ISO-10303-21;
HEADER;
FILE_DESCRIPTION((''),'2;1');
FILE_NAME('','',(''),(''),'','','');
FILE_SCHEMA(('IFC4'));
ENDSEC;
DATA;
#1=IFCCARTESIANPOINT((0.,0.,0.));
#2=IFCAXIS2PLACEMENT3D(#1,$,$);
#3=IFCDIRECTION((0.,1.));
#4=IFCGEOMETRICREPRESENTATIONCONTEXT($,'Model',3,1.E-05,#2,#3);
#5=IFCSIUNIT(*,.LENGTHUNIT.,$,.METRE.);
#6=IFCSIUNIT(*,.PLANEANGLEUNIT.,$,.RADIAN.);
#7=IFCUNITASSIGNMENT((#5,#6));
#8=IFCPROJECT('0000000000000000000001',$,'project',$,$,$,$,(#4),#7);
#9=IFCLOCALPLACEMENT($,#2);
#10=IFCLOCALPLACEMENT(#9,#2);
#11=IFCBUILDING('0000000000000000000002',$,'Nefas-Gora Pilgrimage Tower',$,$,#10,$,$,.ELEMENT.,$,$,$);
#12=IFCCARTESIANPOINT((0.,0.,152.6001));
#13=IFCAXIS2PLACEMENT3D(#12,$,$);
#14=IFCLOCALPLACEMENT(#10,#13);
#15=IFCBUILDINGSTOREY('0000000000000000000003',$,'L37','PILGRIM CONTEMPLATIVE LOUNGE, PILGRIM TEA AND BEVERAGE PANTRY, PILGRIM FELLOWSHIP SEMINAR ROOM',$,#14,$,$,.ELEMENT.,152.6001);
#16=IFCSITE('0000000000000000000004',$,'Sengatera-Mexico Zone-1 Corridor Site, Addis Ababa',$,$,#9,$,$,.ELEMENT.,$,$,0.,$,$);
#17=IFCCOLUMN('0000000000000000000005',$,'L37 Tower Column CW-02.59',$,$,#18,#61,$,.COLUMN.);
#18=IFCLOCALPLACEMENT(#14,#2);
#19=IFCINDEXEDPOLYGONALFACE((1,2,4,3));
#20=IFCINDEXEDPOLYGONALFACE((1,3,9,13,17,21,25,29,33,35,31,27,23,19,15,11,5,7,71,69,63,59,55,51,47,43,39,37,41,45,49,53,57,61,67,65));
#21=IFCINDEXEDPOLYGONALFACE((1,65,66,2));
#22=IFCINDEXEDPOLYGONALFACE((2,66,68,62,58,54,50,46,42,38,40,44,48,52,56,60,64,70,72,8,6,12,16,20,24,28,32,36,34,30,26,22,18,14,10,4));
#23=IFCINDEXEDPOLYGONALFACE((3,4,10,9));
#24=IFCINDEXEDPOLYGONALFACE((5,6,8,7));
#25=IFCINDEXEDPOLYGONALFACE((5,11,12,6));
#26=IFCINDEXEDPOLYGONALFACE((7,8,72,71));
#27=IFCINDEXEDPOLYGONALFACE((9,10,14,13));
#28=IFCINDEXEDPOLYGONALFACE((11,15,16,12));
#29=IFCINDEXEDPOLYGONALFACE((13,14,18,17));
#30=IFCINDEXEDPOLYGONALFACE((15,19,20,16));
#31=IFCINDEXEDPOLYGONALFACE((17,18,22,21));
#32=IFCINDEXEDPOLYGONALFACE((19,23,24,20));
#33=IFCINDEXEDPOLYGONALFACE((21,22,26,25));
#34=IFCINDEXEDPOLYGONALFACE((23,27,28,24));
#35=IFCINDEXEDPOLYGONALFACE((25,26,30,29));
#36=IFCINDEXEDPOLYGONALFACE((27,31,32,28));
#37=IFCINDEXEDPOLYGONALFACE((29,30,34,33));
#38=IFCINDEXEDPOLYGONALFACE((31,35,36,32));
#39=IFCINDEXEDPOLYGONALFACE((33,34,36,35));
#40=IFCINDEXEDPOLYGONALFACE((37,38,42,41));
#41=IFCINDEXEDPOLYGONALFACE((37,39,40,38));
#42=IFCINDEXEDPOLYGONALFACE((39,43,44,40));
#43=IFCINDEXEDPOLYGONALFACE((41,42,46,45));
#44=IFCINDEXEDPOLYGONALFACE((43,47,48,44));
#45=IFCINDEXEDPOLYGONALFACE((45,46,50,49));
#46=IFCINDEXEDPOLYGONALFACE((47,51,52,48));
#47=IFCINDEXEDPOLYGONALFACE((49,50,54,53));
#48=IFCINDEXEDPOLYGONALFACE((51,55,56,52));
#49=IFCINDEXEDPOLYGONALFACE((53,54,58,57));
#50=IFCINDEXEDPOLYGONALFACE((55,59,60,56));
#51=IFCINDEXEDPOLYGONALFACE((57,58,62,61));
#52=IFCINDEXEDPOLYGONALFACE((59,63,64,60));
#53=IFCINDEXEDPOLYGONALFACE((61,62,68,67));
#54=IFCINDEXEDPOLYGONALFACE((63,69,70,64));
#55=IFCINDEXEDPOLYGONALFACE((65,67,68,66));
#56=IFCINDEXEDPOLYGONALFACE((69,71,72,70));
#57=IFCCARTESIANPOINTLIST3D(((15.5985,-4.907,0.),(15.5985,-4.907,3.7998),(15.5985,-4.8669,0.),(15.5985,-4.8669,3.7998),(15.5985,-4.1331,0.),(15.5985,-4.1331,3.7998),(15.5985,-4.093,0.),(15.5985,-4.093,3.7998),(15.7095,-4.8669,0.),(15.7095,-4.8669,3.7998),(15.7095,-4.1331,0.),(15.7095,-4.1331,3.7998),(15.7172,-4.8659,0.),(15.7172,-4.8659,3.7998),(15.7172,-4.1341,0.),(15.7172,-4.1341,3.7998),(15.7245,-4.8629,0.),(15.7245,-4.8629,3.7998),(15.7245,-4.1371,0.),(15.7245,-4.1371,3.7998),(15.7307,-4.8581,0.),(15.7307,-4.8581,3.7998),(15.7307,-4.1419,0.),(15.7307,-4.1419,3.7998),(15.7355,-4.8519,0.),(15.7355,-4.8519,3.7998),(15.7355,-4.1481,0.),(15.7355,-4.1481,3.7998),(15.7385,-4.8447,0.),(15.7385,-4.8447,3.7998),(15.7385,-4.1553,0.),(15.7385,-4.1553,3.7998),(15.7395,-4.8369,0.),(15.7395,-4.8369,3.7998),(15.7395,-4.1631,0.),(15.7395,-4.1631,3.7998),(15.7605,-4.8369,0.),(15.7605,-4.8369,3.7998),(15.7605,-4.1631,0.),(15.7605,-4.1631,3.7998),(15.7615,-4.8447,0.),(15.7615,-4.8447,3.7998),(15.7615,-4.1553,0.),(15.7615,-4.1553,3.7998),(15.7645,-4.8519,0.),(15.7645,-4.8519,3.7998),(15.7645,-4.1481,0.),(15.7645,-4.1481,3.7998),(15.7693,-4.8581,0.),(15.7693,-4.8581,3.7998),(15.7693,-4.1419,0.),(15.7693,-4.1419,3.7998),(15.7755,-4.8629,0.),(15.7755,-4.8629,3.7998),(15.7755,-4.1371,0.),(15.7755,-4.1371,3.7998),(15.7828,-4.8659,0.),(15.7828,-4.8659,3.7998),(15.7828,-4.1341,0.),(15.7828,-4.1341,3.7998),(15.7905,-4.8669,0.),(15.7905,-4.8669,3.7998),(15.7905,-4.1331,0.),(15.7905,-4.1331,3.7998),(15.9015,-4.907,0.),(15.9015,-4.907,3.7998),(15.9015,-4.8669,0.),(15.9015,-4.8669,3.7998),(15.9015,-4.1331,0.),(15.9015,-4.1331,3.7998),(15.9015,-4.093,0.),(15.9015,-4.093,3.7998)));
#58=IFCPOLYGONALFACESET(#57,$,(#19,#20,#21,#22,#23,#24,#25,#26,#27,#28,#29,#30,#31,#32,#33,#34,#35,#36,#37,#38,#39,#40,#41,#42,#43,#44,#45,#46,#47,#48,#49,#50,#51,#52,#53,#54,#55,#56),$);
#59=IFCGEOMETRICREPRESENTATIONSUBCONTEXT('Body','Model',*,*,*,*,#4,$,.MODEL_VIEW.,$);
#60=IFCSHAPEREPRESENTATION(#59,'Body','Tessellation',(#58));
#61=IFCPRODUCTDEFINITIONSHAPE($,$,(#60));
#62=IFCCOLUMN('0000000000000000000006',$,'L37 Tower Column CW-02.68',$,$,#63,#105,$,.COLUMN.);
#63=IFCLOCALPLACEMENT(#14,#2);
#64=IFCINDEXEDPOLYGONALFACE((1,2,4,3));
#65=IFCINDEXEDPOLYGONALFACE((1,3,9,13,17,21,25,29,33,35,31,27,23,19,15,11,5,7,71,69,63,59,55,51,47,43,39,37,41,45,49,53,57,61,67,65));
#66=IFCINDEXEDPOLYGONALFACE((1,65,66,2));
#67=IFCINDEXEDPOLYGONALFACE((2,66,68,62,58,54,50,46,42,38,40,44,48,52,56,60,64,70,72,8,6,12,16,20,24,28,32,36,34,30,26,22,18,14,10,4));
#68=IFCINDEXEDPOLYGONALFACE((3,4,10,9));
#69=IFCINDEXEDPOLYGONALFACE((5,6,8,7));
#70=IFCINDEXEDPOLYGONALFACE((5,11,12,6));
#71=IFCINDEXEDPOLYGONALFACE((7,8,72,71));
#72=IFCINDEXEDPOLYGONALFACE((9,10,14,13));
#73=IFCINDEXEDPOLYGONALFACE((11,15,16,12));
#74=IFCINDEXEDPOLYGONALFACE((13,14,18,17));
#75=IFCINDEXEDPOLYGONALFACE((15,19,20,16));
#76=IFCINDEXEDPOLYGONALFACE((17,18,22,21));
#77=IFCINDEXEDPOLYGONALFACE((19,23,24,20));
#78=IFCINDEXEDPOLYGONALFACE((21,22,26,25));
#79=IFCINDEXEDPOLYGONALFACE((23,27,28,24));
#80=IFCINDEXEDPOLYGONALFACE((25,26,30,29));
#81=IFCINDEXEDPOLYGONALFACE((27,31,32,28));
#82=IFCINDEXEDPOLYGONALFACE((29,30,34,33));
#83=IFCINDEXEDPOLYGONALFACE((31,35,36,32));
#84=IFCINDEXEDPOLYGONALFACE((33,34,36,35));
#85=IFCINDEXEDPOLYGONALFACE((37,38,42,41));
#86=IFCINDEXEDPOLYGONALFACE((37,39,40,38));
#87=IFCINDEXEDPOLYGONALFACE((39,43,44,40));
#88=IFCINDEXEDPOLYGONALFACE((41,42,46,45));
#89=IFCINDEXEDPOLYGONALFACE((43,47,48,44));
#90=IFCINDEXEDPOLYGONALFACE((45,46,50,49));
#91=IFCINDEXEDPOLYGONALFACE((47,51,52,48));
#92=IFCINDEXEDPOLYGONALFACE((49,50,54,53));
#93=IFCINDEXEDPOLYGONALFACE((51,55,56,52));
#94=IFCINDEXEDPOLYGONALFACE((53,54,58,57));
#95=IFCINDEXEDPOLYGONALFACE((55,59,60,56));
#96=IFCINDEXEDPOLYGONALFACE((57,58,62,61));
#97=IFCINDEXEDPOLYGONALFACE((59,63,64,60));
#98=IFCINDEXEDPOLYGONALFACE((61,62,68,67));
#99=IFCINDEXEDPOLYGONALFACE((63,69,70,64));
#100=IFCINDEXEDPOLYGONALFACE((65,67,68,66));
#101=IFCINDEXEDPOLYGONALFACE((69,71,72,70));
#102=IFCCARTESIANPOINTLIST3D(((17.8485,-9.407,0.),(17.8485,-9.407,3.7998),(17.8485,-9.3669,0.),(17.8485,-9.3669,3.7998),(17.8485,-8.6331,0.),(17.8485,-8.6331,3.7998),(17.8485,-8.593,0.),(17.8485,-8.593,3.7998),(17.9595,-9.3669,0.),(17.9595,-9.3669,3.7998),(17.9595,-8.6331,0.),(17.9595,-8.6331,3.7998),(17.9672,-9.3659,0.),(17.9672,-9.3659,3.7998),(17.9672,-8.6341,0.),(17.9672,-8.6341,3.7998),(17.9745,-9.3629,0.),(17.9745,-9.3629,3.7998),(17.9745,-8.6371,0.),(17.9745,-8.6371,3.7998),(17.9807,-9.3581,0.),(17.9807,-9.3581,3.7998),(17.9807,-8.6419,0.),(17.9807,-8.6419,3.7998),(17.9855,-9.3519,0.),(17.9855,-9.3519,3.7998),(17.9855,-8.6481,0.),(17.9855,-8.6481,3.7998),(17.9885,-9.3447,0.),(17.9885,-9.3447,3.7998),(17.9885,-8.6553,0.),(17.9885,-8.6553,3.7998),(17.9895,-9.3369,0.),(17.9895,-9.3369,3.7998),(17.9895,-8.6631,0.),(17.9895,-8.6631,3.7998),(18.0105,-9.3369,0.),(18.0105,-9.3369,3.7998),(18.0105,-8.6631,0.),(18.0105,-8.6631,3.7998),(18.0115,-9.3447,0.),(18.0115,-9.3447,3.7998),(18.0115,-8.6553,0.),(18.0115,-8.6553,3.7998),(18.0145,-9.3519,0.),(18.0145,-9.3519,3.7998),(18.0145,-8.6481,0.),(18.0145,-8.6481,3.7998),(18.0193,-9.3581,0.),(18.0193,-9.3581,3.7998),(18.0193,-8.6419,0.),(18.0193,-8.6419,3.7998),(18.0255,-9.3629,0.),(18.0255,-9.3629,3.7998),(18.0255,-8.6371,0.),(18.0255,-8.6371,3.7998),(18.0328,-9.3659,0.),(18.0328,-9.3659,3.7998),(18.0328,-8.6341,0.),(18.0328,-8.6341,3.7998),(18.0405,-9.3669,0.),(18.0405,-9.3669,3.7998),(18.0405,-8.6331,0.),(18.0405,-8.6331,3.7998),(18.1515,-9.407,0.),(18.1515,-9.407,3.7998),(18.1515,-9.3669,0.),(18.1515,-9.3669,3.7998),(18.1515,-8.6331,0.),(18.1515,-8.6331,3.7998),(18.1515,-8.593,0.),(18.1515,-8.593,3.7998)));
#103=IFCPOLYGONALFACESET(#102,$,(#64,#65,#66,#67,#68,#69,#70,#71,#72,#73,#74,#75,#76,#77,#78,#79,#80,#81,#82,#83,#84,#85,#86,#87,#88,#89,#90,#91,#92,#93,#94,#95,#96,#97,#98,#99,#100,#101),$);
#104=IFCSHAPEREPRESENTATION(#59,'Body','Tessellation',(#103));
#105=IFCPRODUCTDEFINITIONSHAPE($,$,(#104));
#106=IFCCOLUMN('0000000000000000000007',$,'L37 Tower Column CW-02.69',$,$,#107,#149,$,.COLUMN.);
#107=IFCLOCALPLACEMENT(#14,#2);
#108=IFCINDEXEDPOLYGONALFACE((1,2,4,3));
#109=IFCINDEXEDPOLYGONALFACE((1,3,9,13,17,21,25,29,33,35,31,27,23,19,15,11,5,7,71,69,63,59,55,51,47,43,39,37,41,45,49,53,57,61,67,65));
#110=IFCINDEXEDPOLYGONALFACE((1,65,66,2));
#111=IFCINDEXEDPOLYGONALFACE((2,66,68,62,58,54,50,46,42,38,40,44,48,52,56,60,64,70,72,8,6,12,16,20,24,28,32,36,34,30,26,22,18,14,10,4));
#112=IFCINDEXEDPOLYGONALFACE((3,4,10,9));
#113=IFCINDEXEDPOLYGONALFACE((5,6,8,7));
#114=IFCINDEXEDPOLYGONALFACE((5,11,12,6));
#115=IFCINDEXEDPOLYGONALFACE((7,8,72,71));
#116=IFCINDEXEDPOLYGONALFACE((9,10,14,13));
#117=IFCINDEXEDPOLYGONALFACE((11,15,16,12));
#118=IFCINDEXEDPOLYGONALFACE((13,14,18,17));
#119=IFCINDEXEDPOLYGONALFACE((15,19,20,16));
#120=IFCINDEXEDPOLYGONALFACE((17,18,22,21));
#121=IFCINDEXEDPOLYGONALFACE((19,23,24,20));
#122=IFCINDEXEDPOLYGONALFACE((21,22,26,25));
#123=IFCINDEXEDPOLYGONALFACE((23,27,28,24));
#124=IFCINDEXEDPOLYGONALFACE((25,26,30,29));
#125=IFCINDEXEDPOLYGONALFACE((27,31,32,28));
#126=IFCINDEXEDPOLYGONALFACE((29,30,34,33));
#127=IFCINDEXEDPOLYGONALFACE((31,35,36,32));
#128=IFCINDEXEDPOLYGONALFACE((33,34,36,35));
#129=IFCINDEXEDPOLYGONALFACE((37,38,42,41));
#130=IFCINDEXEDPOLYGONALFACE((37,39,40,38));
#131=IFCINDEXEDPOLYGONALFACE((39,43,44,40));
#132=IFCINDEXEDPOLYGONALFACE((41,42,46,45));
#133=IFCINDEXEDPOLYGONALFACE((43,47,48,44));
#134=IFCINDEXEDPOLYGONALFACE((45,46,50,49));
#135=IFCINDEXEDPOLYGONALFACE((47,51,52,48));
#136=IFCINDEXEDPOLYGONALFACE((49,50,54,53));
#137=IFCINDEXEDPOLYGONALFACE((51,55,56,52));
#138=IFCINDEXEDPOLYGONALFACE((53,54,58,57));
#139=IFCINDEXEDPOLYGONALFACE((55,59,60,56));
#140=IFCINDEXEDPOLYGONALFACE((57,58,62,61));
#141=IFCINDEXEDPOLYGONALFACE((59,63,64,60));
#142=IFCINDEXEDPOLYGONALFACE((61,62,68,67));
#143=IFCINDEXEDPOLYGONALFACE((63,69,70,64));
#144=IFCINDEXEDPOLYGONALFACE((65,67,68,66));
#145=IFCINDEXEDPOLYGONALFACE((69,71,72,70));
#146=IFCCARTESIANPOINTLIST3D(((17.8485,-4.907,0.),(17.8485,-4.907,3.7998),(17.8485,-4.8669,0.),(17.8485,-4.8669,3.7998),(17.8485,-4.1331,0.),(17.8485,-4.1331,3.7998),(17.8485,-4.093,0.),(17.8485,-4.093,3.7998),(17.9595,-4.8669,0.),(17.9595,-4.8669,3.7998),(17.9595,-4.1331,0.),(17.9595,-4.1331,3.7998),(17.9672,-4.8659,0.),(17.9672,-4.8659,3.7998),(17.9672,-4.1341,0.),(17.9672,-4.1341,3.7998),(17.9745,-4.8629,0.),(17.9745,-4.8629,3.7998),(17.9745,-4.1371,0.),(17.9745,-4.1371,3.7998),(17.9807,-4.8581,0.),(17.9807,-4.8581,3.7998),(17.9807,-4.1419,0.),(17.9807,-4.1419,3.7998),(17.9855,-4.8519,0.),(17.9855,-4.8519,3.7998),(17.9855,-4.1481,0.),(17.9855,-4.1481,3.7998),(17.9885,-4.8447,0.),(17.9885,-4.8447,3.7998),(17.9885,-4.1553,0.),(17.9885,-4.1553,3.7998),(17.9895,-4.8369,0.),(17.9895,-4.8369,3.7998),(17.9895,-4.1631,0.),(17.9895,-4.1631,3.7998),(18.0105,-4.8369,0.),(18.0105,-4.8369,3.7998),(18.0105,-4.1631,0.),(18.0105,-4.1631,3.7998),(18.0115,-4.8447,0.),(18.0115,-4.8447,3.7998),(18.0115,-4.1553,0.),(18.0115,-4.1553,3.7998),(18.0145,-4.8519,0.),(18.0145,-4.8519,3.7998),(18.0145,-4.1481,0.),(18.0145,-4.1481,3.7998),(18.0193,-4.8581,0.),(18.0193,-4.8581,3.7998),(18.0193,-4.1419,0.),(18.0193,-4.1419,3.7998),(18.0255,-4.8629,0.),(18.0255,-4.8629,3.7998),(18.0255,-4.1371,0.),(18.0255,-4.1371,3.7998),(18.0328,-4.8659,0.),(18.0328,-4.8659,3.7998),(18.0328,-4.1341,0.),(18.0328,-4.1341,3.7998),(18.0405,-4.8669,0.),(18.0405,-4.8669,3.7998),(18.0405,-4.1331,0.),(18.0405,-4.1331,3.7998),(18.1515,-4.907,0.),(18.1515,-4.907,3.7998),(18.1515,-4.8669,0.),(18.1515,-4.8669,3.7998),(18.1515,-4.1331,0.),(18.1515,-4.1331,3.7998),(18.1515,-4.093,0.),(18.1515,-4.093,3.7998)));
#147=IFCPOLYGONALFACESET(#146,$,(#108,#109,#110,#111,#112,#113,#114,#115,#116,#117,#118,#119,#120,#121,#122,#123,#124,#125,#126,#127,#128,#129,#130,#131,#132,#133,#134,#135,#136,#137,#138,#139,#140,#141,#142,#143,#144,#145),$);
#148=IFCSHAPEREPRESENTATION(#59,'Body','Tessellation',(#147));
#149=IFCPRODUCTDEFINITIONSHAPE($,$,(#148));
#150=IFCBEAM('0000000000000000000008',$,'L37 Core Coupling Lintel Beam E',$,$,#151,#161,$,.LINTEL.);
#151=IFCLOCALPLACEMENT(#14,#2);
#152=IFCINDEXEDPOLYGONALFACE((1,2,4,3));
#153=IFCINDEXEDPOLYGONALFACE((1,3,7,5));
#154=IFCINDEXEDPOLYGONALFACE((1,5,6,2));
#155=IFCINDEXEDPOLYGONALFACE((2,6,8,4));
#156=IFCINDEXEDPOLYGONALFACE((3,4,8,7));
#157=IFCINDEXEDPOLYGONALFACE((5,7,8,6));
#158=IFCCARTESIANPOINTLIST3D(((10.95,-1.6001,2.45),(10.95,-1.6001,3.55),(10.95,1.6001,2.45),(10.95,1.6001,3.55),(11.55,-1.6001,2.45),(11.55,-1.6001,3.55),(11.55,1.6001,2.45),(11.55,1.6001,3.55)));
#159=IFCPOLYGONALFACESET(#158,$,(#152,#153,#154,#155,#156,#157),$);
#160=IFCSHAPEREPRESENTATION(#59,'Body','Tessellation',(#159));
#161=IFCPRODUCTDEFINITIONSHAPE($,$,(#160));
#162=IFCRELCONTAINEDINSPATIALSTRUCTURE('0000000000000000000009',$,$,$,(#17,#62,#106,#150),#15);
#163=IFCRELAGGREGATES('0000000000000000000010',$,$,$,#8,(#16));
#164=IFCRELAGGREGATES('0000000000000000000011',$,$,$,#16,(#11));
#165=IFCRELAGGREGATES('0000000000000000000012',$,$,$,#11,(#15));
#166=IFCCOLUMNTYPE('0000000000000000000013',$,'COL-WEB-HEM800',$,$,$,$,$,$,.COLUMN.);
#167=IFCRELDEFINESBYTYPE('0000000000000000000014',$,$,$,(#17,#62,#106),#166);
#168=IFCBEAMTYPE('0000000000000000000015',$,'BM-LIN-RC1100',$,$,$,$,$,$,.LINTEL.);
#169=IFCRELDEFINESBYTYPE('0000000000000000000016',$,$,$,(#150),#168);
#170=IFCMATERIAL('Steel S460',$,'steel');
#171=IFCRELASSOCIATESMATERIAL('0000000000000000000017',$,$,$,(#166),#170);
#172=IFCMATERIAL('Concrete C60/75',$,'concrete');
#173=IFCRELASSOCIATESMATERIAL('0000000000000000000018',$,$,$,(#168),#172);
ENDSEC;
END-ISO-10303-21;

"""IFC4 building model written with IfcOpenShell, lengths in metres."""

from ifc_helpers import new_model, si_unit, direction, frame, origin, origin_2d, place, context, subcontext, project, spatial, rectangle, i_section, extrude, source, transform, mapped, material, material_profile, profile_set, type_object, element, save


model = new_model("IFC4")

# Units and contexts
model_context = context("Model", 3, precision=1e-05, world=origin(), true_north=direction((0.0, 1.0)))
body_context = subcontext(model_context, "Body", "Model", "MODEL_VIEW")
ifc_project = project(units=[si_unit("LENGTHUNIT", "METRE"), si_unit("PLANEANGLEUNIT", "RADIAN")], contexts=[model_context])

# Site, building, storey
site_placement = place(None, origin())
site = spatial("IfcSite", under=ifc_project, at=site_placement, Name="Sengatera-Mexico Zone-1 Corridor Site, Addis Ababa", CompositionType="ELEMENT", RefElevation=0.0)
building_placement = place(site_placement, origin())
building = spatial("IfcBuilding", under=site, at=building_placement, Name="Nefas-Gora Pilgrimage Tower", CompositionType="ELEMENT")
storey_placement = place(building_placement, frame((0.0, 0.0, 152.6001)))
storey = spatial("IfcBuildingStorey", under=building, at=storey_placement, Name="L37", Description="PILGRIM CONTEMPLATIVE LOUNGE, PILGRIM TEA AND BEVERAGE PANTRY, PILGRIM FELLOWSHIP SEMINAR ROOM", CompositionType="ELEMENT", Elevation=152.6001)

# Columns
ifc_material_1 = material(Name="Steel S460", Category="steel")
ifc_material_profile_1 = material_profile(ifc_material_1, i_section(OverallWidth=0.303, OverallDepth=0.814, WebThickness=0.021, FlangeThickness=0.04, FilletRadius=0.03, at=origin_2d()), Name="HEM 800")
ifc_profile_set_1 = profile_set([ifc_material_profile_1], Name="Steel S460")
column_type_1 = type_object("IfcColumnType", Name="COL-WEB-HEM800", PredefinedType="COLUMN", material=ifc_profile_set_1)
shared_shape_1 = source(origin(), body_context, "Body", "SweptSolid", [
    extrude(i_section(OverallWidth=0.303, OverallDepth=0.814, WebThickness=0.021, FlangeThickness=0.04, FilletRadius=0.03, at=origin_2d()), origin(), (0.0, 0.0, 1.0), 3.7998),
])
for number, where, z_axis, x_axis, name in (
    (1, (15.75, -4.5, 0.0), (0.0, 0.0, 1.0), (1.0, 0.0, 0.0), "L37 Tower Column CW-02.59"),
    (2, (18.0, -9.0, 0.0), (0.0, 0.0, 1.0), (1.0, 0.0, 0.0), "L37 Tower Column CW-02.68"),
    (3, (18.0, -4.5, 0.0), (0.0, 0.0, 1.0), (1.0, 0.0, 0.0), "L37 Tower Column CW-02.69"),
):
    element("IfcColumn", number, at=place(storey_placement, frame(where, z_axis=z_axis, x_axis=x_axis)), inside=storey, type_object=column_type_1, Name=name, PredefinedType="COLUMN", context=body_context, shape_type="MappedRepresentation", body=[
        mapped(shared_shape_1, transform((0.0, 0.0, 0.0), x_axis=(1.0, 0.0, 0.0), y_axis=(0.0, 1.0, 0.0), z_axis=(0.0, 0.0, 1.0), scale=1.0)),
    ])

# Beam
ifc_material_2 = material(Name="Concrete C60/75", Category="concrete")
ifc_material_profile_2 = material_profile(ifc_material_2, rectangle(XDim=0.6001, YDim=1.1001, at=origin_2d()), Name="RC 600x1100")
ifc_profile_set_2 = profile_set([ifc_material_profile_2], Name="Concrete C60/75")
beam_type_1 = type_object("IfcBeamType", Name="BM-LIN-RC1100", PredefinedType="LINTEL", material=ifc_profile_set_2)
shared_shape_2 = source(origin(), body_context, "Body", "SweptSolid", [
    extrude(rectangle(XDim=0.6001, YDim=1.1001, at=origin_2d()), origin(), (0.0, 0.0, 1.0), 3.2002),
])
beam_placement = place(storey_placement, frame((11.25, -1.6001, 3.0), z_axis=(0.0, 1.0, 0.0), x_axis=(-1.0, 0.0, 0.0)))
element("IfcBeam", 4, at=beam_placement, inside=storey, type_object=beam_type_1, Name="L37 Core Coupling Lintel Beam E", PredefinedType="LINTEL", context=body_context, shape_type="MappedRepresentation", body=[
    mapped(shared_shape_2, transform((0.0, 0.0, 0.0), x_axis=(1.0, 0.0, 0.0), y_axis=(0.0, 1.0, 0.0), z_axis=(0.0, 0.0, 1.0), scale=1.0)),
])

save(model, "model.ifc")
